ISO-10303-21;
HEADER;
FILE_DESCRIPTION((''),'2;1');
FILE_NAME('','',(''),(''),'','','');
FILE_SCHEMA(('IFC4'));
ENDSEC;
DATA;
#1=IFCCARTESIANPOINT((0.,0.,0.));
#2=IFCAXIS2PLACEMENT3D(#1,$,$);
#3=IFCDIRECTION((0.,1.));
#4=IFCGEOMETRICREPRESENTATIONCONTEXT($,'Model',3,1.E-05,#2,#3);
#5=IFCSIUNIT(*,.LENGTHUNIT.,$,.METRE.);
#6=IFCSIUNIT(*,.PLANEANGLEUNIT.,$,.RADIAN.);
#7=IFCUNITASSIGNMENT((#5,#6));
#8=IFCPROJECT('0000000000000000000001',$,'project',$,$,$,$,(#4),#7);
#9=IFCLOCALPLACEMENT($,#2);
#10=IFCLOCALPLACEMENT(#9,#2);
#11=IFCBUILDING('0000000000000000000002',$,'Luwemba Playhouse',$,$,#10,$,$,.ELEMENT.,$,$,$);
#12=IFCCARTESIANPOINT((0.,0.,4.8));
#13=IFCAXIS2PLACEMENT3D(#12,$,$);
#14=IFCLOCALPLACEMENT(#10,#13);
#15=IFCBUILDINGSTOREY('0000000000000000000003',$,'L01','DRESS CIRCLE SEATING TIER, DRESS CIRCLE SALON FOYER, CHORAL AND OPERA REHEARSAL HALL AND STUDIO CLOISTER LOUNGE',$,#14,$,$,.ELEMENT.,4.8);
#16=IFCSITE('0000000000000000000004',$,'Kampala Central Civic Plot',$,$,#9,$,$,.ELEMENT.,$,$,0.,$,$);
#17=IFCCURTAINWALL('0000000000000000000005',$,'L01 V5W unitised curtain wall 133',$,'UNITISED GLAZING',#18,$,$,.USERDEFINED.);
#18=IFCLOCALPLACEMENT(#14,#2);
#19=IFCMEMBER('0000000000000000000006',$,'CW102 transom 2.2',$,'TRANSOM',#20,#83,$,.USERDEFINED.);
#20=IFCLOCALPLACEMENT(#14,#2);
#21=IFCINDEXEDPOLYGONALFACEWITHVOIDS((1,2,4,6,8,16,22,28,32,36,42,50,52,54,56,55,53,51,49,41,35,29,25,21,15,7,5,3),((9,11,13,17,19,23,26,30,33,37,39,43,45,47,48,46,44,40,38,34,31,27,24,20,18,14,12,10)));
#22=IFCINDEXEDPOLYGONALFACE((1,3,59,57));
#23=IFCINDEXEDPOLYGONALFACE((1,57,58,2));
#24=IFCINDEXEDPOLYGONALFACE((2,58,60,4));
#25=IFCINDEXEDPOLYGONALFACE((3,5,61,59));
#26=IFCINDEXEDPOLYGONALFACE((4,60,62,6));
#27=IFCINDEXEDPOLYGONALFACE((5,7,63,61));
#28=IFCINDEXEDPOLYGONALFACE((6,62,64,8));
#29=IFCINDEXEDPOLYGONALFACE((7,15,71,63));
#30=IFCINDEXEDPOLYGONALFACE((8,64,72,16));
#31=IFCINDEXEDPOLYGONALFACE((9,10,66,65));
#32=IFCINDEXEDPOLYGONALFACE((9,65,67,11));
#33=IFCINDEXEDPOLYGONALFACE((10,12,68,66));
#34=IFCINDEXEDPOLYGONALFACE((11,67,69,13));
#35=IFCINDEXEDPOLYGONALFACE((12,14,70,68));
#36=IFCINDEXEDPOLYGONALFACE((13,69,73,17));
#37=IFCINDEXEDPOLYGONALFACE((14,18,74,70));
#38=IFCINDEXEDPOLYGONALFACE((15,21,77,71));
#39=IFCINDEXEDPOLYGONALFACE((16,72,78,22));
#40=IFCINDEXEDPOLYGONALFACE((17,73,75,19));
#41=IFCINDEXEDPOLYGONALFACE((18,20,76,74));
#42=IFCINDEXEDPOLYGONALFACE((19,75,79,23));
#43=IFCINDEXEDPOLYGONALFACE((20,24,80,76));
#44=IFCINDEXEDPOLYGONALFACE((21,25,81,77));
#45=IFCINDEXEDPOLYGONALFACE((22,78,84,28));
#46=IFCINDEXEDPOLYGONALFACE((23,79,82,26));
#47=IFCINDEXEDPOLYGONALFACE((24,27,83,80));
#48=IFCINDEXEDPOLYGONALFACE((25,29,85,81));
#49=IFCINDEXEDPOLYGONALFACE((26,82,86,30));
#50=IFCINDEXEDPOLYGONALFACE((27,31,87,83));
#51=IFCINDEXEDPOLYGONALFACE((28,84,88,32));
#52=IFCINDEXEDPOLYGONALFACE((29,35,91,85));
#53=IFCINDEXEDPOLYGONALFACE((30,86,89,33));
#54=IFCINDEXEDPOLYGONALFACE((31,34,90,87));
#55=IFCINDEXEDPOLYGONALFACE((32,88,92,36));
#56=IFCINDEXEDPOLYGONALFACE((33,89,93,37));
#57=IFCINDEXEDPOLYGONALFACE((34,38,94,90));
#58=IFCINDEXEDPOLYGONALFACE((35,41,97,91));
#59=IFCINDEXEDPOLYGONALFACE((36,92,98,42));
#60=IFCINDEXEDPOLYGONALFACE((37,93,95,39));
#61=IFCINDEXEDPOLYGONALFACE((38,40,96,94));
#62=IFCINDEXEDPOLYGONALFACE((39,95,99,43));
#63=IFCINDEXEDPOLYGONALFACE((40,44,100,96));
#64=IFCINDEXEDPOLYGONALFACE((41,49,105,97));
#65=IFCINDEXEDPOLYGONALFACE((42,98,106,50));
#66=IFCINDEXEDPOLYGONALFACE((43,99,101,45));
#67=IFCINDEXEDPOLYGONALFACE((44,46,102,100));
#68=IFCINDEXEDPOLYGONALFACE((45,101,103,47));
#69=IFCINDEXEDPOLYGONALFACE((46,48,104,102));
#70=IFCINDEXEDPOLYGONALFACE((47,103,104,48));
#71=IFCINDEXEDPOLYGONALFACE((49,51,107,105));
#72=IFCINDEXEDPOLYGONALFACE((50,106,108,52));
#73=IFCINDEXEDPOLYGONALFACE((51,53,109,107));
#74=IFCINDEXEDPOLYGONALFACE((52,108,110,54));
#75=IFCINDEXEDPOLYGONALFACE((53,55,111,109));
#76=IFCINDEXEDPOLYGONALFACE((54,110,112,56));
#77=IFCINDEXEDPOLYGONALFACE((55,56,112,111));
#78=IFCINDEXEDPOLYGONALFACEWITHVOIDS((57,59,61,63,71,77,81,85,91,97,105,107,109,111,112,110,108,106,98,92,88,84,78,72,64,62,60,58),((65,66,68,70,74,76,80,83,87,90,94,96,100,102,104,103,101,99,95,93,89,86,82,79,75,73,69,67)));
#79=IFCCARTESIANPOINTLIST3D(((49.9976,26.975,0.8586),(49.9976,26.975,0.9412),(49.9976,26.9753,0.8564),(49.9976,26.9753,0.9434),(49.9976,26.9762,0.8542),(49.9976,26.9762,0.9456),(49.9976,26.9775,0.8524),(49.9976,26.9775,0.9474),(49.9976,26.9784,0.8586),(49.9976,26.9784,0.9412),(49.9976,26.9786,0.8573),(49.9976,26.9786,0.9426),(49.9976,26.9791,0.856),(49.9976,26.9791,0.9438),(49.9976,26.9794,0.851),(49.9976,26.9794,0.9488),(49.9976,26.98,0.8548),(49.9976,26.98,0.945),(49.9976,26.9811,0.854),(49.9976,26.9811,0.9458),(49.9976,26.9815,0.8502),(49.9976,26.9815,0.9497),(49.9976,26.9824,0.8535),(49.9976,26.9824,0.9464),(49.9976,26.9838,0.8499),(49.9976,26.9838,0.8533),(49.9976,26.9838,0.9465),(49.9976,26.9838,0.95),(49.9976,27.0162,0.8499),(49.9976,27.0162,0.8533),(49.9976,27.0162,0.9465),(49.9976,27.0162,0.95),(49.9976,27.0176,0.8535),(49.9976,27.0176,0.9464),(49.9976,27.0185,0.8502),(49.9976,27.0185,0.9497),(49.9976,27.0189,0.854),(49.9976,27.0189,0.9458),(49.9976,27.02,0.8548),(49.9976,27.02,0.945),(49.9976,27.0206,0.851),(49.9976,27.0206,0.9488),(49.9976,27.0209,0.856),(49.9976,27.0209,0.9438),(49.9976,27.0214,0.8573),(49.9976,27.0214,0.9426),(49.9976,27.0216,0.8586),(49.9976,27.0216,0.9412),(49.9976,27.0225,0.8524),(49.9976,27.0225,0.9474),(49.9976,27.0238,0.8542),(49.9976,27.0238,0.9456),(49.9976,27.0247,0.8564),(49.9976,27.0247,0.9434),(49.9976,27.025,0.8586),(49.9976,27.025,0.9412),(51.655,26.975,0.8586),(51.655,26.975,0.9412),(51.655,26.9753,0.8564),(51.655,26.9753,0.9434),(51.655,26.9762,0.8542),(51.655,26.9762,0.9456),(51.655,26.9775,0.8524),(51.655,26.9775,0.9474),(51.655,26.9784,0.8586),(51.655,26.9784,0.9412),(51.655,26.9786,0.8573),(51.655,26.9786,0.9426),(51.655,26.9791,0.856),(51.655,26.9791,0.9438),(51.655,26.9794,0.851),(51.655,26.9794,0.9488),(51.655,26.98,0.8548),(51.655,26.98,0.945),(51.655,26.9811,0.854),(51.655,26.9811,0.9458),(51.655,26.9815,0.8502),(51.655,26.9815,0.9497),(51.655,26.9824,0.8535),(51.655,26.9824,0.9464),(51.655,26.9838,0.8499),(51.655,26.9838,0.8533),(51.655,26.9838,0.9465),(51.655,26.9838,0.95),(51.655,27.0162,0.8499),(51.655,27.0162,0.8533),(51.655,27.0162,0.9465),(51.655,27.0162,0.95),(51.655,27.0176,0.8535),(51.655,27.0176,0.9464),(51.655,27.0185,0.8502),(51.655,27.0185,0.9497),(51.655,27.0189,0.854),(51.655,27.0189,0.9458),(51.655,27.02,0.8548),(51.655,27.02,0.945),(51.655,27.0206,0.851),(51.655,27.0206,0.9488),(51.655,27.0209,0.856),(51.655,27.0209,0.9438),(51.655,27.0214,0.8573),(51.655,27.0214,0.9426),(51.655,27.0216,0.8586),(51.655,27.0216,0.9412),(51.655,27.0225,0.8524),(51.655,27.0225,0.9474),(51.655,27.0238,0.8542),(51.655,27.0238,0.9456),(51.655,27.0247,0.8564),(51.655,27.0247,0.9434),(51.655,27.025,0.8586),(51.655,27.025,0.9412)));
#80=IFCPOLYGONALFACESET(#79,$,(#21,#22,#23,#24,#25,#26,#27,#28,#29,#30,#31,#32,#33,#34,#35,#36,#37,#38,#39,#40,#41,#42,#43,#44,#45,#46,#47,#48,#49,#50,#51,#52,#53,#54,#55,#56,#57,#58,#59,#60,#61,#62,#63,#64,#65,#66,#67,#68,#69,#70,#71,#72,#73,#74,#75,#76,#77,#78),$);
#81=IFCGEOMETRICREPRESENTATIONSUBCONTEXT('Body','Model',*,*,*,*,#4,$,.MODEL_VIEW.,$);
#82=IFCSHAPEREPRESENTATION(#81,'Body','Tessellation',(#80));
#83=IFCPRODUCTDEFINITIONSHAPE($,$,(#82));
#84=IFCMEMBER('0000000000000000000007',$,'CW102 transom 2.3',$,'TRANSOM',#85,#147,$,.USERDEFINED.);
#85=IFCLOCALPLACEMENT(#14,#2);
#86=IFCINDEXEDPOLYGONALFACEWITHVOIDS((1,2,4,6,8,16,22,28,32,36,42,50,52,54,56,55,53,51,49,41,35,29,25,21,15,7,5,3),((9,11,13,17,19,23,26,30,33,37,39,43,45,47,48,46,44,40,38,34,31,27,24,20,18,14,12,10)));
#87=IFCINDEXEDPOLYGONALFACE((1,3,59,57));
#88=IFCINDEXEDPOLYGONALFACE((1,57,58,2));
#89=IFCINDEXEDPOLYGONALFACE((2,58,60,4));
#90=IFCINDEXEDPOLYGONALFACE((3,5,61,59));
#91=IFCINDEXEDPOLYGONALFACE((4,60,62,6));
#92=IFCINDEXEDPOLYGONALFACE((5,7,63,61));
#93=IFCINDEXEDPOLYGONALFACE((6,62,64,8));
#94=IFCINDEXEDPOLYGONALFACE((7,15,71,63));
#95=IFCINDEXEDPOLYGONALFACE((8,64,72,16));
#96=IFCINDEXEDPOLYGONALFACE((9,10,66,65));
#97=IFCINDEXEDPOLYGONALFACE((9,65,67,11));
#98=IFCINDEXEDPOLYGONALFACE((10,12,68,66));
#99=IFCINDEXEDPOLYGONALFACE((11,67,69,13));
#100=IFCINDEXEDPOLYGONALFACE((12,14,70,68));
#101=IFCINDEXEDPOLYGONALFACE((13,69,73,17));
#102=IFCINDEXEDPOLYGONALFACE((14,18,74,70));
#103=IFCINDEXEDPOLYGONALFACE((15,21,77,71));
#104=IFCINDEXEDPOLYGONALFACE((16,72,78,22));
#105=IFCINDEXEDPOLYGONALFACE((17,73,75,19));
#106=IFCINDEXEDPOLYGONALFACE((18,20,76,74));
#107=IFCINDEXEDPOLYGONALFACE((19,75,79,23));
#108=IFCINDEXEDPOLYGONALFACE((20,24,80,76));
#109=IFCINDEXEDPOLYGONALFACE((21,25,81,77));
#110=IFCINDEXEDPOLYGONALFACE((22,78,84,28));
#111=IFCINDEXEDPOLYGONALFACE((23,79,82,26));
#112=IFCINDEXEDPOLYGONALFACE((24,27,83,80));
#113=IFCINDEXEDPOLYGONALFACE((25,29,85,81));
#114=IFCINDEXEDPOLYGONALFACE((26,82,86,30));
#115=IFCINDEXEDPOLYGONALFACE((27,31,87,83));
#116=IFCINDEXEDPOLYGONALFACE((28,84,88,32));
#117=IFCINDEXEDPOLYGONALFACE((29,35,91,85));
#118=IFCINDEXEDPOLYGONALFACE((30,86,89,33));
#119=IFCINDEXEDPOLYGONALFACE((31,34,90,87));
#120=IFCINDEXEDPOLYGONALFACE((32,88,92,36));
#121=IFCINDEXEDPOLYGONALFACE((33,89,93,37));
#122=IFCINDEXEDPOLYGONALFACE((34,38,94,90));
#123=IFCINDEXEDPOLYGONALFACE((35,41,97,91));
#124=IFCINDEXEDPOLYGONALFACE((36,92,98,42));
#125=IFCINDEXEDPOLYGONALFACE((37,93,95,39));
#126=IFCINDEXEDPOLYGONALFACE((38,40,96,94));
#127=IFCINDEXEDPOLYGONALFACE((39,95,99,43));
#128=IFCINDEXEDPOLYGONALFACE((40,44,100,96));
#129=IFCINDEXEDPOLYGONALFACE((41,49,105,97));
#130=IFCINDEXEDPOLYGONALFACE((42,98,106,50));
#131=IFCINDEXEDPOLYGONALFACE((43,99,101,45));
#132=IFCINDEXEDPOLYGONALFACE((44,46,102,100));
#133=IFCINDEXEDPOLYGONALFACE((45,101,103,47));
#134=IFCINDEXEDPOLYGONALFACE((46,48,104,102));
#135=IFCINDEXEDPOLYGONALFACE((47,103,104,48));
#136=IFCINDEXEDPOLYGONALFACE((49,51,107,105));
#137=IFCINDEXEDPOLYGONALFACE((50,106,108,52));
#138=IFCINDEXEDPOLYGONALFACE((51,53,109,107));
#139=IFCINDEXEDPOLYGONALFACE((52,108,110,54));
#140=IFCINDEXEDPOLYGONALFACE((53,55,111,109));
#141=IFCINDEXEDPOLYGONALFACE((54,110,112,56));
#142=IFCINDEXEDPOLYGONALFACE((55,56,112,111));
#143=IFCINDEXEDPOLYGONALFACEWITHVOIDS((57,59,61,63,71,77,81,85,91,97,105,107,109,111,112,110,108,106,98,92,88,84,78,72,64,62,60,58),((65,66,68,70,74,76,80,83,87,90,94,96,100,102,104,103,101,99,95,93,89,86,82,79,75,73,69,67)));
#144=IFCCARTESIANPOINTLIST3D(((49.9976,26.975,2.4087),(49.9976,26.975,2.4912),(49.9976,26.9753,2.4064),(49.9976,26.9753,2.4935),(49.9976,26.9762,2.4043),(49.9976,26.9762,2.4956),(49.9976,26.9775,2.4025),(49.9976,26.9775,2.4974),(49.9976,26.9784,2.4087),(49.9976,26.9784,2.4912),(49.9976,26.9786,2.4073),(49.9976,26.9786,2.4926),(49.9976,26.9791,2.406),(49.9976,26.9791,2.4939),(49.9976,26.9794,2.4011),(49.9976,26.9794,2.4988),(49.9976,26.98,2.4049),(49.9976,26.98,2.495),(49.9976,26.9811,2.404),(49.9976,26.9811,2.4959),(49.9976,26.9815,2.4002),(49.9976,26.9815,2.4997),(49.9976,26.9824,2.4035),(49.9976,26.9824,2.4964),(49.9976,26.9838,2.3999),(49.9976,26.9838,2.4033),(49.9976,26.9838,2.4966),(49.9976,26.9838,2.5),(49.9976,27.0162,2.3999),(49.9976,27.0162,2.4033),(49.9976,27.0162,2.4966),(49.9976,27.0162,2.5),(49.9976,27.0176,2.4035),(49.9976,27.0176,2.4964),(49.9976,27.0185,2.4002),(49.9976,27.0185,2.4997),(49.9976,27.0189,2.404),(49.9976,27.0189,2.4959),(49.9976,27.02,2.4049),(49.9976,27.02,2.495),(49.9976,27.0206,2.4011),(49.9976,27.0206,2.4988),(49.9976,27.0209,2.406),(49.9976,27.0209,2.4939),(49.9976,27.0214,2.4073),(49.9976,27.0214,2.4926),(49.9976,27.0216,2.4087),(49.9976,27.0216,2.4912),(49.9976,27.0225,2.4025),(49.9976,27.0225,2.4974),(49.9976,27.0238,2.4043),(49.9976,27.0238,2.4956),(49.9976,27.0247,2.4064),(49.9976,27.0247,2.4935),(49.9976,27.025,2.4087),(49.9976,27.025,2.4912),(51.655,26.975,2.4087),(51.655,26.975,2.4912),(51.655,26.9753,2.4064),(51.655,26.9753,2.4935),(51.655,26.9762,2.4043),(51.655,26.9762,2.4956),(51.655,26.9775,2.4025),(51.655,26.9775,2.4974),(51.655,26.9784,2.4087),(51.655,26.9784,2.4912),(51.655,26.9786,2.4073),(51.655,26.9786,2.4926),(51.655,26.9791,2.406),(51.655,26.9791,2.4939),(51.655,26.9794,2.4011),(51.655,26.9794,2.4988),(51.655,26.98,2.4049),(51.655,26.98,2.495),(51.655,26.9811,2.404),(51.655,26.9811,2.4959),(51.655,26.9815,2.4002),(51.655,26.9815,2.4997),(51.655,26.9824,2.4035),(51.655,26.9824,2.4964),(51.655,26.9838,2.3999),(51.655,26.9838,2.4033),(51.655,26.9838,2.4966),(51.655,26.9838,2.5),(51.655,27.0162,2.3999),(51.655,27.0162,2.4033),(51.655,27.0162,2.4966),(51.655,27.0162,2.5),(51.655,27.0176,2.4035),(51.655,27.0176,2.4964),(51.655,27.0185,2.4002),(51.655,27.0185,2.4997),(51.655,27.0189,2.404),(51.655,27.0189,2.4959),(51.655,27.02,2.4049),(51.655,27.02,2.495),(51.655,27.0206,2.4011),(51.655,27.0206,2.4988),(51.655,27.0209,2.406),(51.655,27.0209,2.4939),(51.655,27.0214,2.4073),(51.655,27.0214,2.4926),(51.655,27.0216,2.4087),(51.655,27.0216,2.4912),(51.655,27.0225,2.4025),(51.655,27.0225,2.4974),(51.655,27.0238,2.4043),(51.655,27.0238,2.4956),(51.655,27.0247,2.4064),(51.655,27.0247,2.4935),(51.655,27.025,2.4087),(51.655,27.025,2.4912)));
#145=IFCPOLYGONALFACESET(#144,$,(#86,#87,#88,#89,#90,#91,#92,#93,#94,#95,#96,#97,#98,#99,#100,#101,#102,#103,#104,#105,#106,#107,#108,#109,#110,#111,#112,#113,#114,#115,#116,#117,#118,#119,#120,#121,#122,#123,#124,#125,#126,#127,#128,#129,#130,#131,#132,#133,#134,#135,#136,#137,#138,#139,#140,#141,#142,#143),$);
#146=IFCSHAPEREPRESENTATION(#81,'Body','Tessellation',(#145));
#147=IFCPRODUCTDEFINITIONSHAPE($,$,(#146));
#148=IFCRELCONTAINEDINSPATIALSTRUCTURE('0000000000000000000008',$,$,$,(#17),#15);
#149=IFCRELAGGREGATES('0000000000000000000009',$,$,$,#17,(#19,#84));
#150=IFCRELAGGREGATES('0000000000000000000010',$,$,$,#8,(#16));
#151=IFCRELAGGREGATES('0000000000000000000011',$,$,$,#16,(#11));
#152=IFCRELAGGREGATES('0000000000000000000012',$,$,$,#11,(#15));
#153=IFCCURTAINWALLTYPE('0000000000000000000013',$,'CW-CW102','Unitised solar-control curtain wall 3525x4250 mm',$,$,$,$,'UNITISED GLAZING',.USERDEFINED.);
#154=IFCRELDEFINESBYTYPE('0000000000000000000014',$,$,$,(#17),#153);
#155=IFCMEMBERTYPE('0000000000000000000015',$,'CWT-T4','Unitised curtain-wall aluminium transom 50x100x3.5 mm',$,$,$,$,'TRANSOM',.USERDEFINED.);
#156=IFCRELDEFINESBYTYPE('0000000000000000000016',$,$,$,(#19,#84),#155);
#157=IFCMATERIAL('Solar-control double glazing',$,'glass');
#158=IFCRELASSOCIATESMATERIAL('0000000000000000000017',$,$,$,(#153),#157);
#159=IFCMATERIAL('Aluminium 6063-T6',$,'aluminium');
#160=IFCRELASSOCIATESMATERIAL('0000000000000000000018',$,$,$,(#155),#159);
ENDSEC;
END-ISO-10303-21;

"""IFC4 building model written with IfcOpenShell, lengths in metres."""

from ifc_helpers import new_model, si_unit, direction, frame, origin, origin_2d, place, context, subcontext, project, spatial, hollow_rectangle, extrude, material, material_profile, profile_set, type_object, element, aggregate, save


model = new_model("IFC4")

# Units and contexts
model_context = context("Model", 3, precision=1e-05, world=origin(), true_north=direction((0.0, 1.0)))
body_context = subcontext(model_context, "Body", "Model", "MODEL_VIEW")
ifc_project = project(units=[si_unit("LENGTHUNIT", "METRE"), si_unit("PLANEANGLEUNIT", "RADIAN")], contexts=[model_context])

# Site, building, storey
site_placement = place(None, origin())
site = spatial("IfcSite", under=ifc_project, at=site_placement, Name="Kampala Central Civic Plot", CompositionType="ELEMENT", RefElevation=0.0)
building_placement = place(site_placement, origin())
building = spatial("IfcBuilding", under=site, at=building_placement, Name="Luwemba Playhouse", CompositionType="ELEMENT")
storey_placement = place(building_placement, frame((0.0, 0.0, 4.8)))
storey = spatial("IfcBuildingStorey", under=building, at=storey_placement, Name="L01", Description="DRESS CIRCLE SEATING TIER, DRESS CIRCLE SALON FOYER, CHORAL AND OPERA REHEARSAL HALL AND STUDIO CLOISTER LOUNGE", CompositionType="ELEMENT", Elevation=4.8)

# Shared definitions
ifc_material_1 = material(Name="Solar-control double glazing", Category="glass")
ifc_material_2 = material(Name="Aluminium 6063-T6", Category="aluminium")

# Curtain wall
curtain_wall_type_1 = type_object("IfcCurtainWallType", Name="CW-CW102", Description="Unitised solar-control curtain wall 3525x4250 mm", ElementType="UNITISED GLAZING", PredefinedType="USERDEFINED", material=ifc_material_1)
curtain_wall_1_placement = place(storey_placement, origin())
curtain_wall_1 = element("IfcCurtainWall", 1, at=curtain_wall_1_placement, inside=storey, type_object=curtain_wall_type_1, Name="L01 V5W unitised curtain wall 133", ObjectType="UNITISED GLAZING", PredefinedType="USERDEFINED")

# Members
ifc_material_profile_1 = material_profile(ifc_material_2, hollow_rectangle(XDim=0.05, YDim=0.1001, WallThickness=0.0034, InnerFilletRadius=0.0054, OuterFilletRadius=0.0088, at=origin_2d()))
ifc_profile_set_1 = profile_set([ifc_material_profile_1], Name="Aluminium 6063-T6")
member_type_1 = type_object("IfcMemberType", Name="CWT-T4", Description="Unitised curtain-wall aluminium transom 50x100x3.5 mm", ElementType="TRANSOM", PredefinedType="USERDEFINED", material=ifc_profile_set_1)
member_1_placement = place(storey_placement, frame((49.9976, 27.0, 0.8999), z_axis=(1.0, 0.0, 0.0), x_axis=(0.0, 1.0, 0.0)))
member_1 = element("IfcMember", 2, at=member_1_placement, type_object=member_type_1, Name="CW102 transom 2.2", ObjectType="TRANSOM", PredefinedType="USERDEFINED", context=body_context, shape_type="SweptSolid", body=[
    extrude(hollow_rectangle(XDim=0.05, YDim=0.1001, WallThickness=0.0034, InnerFilletRadius=0.0054, OuterFilletRadius=0.0088, at=origin_2d()), origin(), (0.0, 0.0, 1.0), 1.6575),
])
member_2_placement = place(storey_placement, frame((49.9976, 27.0, 2.45), z_axis=(1.0, 0.0, 0.0), x_axis=(0.0, 1.0, 0.0)))
member_2 = element("IfcMember", 3, at=member_2_placement, type_object=member_type_1, Name="CW102 transom 2.3", ObjectType="TRANSOM", PredefinedType="USERDEFINED", context=body_context, shape_type="SweptSolid", body=[
    extrude(hollow_rectangle(XDim=0.05, YDim=0.1001, WallThickness=0.0034, InnerFilletRadius=0.0054, OuterFilletRadius=0.0088, at=origin_2d()), origin(), (0.0, 0.0, 1.0), 1.6575),
])

aggregate(curtain_wall_1, [member_1, member_2])

save(model, "model.ifc")
